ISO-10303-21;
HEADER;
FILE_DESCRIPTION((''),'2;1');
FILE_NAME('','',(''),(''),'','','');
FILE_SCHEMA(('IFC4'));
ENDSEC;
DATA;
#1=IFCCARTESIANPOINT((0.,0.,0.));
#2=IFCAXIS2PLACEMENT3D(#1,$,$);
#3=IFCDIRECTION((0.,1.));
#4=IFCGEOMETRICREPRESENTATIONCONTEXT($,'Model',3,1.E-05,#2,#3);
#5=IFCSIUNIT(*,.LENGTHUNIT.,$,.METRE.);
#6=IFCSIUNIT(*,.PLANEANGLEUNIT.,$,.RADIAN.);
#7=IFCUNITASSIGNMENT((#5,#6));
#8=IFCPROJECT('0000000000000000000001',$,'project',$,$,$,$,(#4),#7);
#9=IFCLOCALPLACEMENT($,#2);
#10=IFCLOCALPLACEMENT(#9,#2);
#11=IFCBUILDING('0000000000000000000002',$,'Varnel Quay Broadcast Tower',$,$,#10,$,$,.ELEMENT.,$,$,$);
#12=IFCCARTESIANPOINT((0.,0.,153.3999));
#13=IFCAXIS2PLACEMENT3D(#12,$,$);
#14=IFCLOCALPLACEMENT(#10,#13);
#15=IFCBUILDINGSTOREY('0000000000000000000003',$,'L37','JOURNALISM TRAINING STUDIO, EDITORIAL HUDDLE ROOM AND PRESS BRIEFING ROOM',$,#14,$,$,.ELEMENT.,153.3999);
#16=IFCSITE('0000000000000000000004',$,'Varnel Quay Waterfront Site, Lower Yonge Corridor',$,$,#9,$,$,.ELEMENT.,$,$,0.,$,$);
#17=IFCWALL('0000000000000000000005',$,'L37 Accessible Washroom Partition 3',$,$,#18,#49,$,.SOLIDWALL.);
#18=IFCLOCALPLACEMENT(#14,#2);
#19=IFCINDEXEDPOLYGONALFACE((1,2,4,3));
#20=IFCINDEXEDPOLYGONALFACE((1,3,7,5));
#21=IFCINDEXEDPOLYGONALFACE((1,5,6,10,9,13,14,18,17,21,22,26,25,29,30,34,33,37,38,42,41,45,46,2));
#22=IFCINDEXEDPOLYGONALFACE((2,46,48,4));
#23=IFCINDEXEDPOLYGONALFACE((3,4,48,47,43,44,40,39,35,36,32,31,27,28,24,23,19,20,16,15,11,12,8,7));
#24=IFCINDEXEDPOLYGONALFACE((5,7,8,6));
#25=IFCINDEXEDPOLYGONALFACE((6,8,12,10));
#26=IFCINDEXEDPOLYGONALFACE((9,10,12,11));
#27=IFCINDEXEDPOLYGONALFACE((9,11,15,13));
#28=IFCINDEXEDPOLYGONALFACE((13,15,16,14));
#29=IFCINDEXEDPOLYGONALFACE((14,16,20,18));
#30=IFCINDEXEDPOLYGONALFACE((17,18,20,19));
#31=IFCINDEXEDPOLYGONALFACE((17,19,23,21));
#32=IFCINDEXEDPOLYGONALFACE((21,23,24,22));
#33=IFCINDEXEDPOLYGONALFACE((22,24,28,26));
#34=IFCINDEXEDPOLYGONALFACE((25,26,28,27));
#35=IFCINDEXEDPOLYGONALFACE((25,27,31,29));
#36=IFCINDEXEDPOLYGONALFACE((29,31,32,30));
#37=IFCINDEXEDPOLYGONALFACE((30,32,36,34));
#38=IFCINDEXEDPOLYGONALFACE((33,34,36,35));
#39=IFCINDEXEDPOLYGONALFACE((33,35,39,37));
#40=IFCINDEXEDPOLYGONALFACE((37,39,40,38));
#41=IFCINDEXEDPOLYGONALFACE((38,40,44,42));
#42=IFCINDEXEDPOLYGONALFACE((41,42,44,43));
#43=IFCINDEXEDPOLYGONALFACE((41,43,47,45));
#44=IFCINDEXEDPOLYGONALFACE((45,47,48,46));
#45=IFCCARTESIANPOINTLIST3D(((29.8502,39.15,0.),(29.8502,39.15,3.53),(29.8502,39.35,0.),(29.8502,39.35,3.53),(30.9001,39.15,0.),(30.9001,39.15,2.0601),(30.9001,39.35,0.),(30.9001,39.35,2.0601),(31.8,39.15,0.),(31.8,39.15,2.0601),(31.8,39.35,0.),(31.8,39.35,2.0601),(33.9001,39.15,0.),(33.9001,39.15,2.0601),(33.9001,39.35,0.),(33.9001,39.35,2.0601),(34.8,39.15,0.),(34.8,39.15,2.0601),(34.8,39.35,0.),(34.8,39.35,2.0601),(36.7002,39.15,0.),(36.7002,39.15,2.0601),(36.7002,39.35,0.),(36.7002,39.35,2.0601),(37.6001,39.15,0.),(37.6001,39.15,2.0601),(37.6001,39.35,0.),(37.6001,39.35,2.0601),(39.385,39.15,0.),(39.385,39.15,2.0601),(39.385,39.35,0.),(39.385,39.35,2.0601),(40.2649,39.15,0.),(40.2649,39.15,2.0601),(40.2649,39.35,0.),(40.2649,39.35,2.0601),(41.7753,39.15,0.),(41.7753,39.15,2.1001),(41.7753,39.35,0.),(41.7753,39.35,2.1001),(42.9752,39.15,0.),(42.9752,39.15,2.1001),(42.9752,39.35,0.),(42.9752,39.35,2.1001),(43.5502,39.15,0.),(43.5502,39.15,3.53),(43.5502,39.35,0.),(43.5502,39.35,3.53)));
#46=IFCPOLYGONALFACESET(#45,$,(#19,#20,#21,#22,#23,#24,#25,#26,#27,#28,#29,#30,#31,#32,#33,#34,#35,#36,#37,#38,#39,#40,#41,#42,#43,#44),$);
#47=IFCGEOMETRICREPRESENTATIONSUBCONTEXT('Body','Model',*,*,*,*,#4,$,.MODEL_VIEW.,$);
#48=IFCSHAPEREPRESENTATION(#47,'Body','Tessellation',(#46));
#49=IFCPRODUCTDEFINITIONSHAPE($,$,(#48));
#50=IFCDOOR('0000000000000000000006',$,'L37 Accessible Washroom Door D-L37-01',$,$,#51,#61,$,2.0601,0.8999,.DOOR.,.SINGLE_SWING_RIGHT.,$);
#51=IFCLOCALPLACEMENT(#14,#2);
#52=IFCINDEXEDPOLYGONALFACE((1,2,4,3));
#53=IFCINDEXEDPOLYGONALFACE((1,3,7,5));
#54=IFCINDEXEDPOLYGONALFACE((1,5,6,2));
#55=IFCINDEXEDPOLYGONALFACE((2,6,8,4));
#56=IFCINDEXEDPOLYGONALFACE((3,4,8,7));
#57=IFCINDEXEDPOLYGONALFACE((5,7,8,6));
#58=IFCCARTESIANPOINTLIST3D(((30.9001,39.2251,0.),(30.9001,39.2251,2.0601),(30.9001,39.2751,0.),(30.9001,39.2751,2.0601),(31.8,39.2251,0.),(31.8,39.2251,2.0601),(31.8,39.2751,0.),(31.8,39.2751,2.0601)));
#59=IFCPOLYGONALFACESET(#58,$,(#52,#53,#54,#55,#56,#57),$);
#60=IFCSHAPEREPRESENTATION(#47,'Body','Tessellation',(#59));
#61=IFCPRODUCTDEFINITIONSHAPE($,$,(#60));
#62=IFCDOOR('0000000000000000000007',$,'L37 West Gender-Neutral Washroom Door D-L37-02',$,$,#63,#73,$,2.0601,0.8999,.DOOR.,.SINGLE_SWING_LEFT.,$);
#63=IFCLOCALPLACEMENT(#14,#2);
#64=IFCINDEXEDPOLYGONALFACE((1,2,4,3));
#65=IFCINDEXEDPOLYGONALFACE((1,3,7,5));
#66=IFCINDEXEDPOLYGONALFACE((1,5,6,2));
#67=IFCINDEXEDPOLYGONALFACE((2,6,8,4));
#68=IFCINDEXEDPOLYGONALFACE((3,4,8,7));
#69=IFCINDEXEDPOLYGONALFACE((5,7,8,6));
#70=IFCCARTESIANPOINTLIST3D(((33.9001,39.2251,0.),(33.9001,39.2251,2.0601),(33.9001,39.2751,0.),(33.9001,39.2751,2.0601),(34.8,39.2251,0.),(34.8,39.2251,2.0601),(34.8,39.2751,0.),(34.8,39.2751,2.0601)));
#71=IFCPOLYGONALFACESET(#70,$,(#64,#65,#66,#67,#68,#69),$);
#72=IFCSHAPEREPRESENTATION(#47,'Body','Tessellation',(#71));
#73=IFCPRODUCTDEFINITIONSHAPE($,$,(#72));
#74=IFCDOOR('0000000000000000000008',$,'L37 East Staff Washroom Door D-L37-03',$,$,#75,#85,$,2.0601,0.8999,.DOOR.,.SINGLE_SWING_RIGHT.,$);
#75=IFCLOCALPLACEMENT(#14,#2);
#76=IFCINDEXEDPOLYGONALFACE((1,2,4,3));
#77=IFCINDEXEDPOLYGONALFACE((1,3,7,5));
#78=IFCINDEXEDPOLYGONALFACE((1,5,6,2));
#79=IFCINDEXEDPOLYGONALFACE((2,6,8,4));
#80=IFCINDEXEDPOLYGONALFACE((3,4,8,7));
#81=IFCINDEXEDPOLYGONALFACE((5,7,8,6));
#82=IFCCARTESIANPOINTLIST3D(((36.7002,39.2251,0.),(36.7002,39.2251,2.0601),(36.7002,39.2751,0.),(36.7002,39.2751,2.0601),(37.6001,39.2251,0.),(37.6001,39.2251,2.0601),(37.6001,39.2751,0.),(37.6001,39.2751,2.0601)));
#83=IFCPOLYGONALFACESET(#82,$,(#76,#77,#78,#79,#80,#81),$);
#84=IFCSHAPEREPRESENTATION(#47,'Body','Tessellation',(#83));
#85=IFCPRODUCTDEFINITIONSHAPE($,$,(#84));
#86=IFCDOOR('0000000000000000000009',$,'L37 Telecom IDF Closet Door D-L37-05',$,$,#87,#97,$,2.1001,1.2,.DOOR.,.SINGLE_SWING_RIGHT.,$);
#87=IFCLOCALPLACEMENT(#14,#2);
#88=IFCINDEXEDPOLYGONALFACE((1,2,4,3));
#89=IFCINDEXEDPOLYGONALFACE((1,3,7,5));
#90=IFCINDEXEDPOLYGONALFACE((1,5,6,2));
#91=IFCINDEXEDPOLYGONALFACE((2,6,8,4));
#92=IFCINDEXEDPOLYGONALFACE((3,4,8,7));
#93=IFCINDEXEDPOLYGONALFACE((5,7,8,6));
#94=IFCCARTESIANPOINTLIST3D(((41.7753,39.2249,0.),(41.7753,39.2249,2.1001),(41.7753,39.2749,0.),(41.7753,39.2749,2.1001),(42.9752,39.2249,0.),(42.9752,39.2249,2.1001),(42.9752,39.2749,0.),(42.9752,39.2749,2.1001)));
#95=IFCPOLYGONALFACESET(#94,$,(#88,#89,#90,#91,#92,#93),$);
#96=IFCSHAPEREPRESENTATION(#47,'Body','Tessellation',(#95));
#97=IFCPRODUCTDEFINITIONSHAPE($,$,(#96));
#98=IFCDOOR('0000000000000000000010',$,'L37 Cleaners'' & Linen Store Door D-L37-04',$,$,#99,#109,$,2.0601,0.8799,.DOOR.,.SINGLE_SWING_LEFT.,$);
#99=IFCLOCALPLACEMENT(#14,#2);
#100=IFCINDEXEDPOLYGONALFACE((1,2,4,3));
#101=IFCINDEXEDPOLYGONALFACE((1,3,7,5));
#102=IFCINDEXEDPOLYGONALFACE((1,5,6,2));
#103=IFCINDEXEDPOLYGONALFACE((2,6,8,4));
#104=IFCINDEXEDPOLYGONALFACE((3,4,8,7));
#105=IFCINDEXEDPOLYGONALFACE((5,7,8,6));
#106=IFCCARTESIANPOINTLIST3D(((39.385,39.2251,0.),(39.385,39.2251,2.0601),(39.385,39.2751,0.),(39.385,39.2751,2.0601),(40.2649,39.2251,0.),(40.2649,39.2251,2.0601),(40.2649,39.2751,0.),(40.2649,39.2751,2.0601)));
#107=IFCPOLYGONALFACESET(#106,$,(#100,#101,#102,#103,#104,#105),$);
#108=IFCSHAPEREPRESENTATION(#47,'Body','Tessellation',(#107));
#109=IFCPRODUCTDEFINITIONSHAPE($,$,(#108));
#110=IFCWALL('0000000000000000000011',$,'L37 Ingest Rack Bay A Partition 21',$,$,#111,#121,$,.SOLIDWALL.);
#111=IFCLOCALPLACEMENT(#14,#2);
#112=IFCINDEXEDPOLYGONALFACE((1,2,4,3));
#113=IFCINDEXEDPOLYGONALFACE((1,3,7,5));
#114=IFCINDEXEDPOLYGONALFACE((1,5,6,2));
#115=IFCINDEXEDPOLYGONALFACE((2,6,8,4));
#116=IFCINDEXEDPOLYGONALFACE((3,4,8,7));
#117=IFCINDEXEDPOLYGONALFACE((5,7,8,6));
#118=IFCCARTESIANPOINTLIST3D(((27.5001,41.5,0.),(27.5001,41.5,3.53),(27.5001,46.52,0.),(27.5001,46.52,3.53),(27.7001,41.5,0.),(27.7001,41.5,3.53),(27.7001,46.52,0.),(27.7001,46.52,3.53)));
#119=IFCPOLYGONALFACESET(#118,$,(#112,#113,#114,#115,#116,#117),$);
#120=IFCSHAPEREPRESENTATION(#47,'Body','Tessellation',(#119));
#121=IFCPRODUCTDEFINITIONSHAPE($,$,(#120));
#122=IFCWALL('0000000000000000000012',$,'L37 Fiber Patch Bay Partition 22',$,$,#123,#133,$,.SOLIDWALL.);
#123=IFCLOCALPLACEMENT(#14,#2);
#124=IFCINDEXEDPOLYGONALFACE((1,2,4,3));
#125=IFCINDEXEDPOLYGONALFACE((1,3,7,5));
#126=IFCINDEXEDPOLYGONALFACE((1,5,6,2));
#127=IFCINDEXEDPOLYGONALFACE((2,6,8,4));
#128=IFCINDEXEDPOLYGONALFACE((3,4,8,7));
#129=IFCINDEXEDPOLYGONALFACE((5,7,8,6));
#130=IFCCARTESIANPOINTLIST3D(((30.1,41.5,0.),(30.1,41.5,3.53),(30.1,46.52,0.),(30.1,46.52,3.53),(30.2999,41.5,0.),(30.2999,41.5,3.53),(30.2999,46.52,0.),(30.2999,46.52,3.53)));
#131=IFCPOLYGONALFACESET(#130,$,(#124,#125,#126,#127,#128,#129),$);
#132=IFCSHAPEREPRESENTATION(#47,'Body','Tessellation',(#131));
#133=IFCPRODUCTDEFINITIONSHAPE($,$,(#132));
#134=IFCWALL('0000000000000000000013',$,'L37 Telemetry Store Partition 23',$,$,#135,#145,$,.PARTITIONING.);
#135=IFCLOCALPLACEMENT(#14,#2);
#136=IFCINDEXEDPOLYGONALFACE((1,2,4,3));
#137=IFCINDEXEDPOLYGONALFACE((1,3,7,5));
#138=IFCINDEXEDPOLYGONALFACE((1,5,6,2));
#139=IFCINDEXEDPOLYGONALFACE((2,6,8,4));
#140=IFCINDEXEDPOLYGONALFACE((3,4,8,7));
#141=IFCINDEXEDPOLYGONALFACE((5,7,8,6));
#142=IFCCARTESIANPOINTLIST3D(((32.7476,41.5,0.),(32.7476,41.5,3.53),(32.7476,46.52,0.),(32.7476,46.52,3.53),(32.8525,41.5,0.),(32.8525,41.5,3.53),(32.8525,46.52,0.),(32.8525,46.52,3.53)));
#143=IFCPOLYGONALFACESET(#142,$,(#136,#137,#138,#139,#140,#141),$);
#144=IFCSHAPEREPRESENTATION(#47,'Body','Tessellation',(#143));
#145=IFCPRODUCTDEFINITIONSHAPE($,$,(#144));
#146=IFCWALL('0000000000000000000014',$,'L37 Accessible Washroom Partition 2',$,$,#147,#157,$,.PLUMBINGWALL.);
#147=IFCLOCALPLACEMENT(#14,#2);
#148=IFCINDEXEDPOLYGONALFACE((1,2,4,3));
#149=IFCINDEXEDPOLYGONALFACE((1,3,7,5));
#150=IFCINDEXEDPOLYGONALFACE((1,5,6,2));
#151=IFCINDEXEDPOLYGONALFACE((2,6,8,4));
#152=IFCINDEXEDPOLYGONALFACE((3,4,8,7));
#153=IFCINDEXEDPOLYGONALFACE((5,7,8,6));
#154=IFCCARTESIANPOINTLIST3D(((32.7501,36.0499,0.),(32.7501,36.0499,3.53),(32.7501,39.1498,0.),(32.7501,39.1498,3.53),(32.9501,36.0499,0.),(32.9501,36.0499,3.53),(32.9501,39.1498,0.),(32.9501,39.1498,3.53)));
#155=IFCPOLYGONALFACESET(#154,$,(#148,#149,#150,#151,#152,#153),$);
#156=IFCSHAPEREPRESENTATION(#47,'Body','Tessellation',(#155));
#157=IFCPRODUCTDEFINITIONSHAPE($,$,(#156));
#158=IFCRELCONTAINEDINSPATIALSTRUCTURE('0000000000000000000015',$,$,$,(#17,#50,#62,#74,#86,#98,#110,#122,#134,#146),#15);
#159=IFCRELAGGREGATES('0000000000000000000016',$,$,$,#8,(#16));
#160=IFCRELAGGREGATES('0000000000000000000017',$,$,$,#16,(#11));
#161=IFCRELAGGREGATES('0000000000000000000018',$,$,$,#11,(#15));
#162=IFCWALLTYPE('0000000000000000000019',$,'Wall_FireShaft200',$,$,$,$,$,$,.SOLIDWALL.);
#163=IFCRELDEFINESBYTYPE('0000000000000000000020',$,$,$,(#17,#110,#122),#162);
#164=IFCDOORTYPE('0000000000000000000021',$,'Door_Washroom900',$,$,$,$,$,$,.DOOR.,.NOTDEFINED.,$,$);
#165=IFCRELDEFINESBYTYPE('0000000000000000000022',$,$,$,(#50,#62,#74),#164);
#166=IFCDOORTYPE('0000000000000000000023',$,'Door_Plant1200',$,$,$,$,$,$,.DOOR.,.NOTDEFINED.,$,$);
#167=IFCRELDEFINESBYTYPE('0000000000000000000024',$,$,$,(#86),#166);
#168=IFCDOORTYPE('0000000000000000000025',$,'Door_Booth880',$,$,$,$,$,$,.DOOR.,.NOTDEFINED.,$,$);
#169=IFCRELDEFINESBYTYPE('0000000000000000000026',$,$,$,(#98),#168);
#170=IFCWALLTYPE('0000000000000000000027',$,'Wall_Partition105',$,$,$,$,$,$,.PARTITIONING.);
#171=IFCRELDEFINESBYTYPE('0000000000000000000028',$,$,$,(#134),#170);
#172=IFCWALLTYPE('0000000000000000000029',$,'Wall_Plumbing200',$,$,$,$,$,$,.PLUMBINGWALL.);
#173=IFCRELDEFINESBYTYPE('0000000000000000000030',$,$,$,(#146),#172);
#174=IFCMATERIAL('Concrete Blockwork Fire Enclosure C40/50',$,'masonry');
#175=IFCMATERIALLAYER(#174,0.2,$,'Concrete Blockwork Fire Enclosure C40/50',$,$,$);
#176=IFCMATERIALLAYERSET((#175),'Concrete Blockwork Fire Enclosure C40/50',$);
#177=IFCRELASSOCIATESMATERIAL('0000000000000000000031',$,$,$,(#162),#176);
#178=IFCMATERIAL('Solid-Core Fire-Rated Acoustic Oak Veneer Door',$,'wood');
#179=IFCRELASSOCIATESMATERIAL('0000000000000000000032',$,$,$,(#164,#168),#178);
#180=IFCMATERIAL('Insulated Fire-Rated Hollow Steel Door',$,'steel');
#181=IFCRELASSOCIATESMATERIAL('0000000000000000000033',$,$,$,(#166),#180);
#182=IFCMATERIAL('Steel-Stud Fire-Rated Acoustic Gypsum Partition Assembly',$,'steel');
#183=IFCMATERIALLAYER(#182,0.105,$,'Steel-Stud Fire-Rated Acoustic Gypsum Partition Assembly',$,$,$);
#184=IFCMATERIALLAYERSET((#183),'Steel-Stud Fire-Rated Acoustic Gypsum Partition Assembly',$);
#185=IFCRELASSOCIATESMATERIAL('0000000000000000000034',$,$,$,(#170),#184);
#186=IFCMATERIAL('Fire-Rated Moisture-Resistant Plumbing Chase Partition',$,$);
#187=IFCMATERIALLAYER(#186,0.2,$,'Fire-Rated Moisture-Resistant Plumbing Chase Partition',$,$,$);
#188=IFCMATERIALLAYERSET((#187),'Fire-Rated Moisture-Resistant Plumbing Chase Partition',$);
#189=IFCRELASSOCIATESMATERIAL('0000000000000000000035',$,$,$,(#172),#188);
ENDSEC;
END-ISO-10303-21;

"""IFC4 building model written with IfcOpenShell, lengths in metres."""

from ifc_helpers import new_model, si_unit, direction, frame, frame_2d, origin, place, context, subcontext, project, spatial, rectangle, extrude, source, transform, mapped, material, layer, layer_set, type_object, type_shapes, element, fill, save


model = new_model("IFC4")

# Units and contexts
model_context = context("Model", 3, precision=1e-05, world=origin(), true_north=direction((0.0, 1.0)))
body_context = subcontext(model_context, "Body", "Model", "MODEL_VIEW")
ifc_project = project(units=[si_unit("LENGTHUNIT", "METRE"), si_unit("PLANEANGLEUNIT", "RADIAN")], contexts=[model_context])

# Site, building, storey
site_placement = place(None, origin())
site = spatial("IfcSite", under=ifc_project, at=site_placement, Name="Varnel Quay Waterfront Site, Lower Yonge Corridor", CompositionType="ELEMENT", RefElevation=0.0)
building_placement = place(site_placement, origin())
building = spatial("IfcBuilding", under=site, at=building_placement, Name="Varnel Quay Broadcast Tower", CompositionType="ELEMENT")
storey_placement = place(building_placement, frame((0.0, 0.0, 153.3999)))
storey = spatial("IfcBuildingStorey", under=building, at=storey_placement, Name="L37", Description="JOURNALISM TRAINING STUDIO, EDITORIAL HUDDLE ROOM AND PRESS BRIEFING ROOM", CompositionType="ELEMENT", Elevation=153.3999)

# Shared definitions
ifc_material_1 = material(Name="Insulated Fire-Rated Hollow Steel Door", Category="steel")
ifc_material_2 = material(Name="Solid-Core Fire-Rated Acoustic Oak Veneer Door", Category="wood")

# Shared definitions
ifc_material_3 = material(Name="Concrete Blockwork Fire Enclosure C40/50", Category="masonry")
ifc_layer_1 = layer(ifc_material_3, 0.2, Name="Concrete Blockwork Fire Enclosure C40/50")
ifc_layer_set_1 = layer_set([ifc_layer_1], Name="Concrete Blockwork Fire Enclosure C40/50")
wall_type_1 = type_object("IfcWallType", Name="Wall_FireShaft200", PredefinedType="SOLIDWALL", material=ifc_layer_set_1)

# Wall, openings, doors
wall_1_placement = place(storey_placement, frame((29.8501, 39.25, 0.0), z_axis=(0.0, 0.0, 1.0), x_axis=(1.0, 0.0, 0.0)))
wall_1 = element("IfcWall", 1, at=wall_1_placement, inside=storey, type_object=wall_type_1, Name="L37 Accessible Washroom Partition 3", PredefinedType="SOLIDWALL", context=body_context, shape_type="SweptSolid", body=[
    extrude(rectangle(XDim=13.7, YDim=0.2, at=frame_2d((6.8501, 0.0))), origin(), (0.0, 0.0, 1.0), 3.53),
])
opening_1_placement = place(wall_1_placement, frame((1.05, 0.0, 0.0)))
opening_1 = element("IfcOpeningElement", 2, at=opening_1_placement, cuts=wall_1, PredefinedType="OPENING", context=body_context, shape_type="SweptSolid", body=[
    extrude(rectangle(XDim=0.8999, YDim=2.0601, at=frame_2d((0.45, 1.03))), frame((0.0, 0.1099, 0.0), z_axis=(0.0, -1.0, 0.0), x_axis=(1.0, 0.0, 0.0)), (0.0, 0.0, 1.0), 0.22),
])
opening_2_placement = place(wall_1_placement, frame((4.05, 0.0, 0.0)))
opening_2 = element("IfcOpeningElement", 3, at=opening_2_placement, cuts=wall_1, PredefinedType="OPENING", context=body_context, shape_type="SweptSolid", body=[
    extrude(rectangle(XDim=0.8999, YDim=2.0601, at=frame_2d((0.45, 1.03))), frame((0.0, 0.1099, 0.0), z_axis=(0.0, -1.0, 0.0), x_axis=(1.0, 0.0, 0.0)), (0.0, 0.0, 1.0), 0.22),
])
opening_3_placement = place(wall_1_placement, frame((6.8501, 0.0, 0.0)))
opening_3 = element("IfcOpeningElement", 4, at=opening_3_placement, cuts=wall_1, PredefinedType="OPENING", context=body_context, shape_type="SweptSolid", body=[
    extrude(rectangle(XDim=0.8999, YDim=2.0601, at=frame_2d((0.45, 1.03))), frame((0.0, 0.1099, 0.0), z_axis=(0.0, -1.0, 0.0), x_axis=(1.0, 0.0, 0.0)), (0.0, 0.0, 1.0), 0.22),
])
opening_4_placement = place(wall_1_placement, frame((9.5349, 0.0, 0.0)))
opening_4 = element("IfcOpeningElement", 5, at=opening_4_placement, cuts=wall_1, PredefinedType="OPENING", context=body_context, shape_type="SweptSolid", body=[
    extrude(rectangle(XDim=0.8799, YDim=2.0601, at=frame_2d((0.4399, 1.03))), frame((0.0, 0.1099, 0.0), z_axis=(0.0, -1.0, 0.0), x_axis=(1.0, 0.0, 0.0)), (0.0, 0.0, 1.0), 0.22),
])
opening_5_placement = place(wall_1_placement, frame((11.925, 0.0, 0.0)))
opening_5 = element("IfcOpeningElement", 6, at=opening_5_placement, cuts=wall_1, PredefinedType="OPENING", context=body_context, shape_type="SweptSolid", body=[
    extrude(rectangle(XDim=1.2, YDim=2.1001, at=frame_2d((0.6001, 1.05))), frame((0.0, 0.1099, 0.0), z_axis=(0.0, -1.0, 0.0), x_axis=(1.0, 0.0, 0.0)), (0.0, 0.0, 1.0), 0.22),
])
door_type_1 = type_object("IfcDoorType", Name="Door_Washroom900", OperationType="NOTDEFINED", PredefinedType="DOOR", material=ifc_material_2)
shared_shape_1 = source(origin(), body_context, "Body", "SweptSolid", [
    extrude(rectangle(XDim=0.8999, YDim=2.0601, at=frame_2d((0.45, 1.03))), frame((0.0, 0.0249, 0.0), z_axis=(0.0, -1.0, 0.0), x_axis=(1.0, 0.0, 0.0)), (0.0, 0.0, 1.0), 0.05),
])
type_shapes(door_type_1, [shared_shape_1])
door_1_placement = place(opening_1_placement, frame((0.8999, 0.0, 0.0), z_axis=(0.0, 0.0, 1.0), x_axis=(-1.0, 0.0, 0.0)))
door_1 = element("IfcDoor", 7, at=door_1_placement, inside=storey, type_object=door_type_1, Name="L37 Accessible Washroom Door D-L37-01", OperationType="SINGLE_SWING_RIGHT", OverallHeight=2.0601, OverallWidth=0.8999, PredefinedType="DOOR", context=body_context, shape_type="MappedRepresentation", body=[
    mapped(shared_shape_1, transform((0.0, 0.0, 0.0), x_axis=(1.0, 0.0, 0.0), y_axis=(0.0, 1.0, 0.0), z_axis=(0.0, 0.0, 1.0), scale=1.0)),
])
fill(opening_1, door_1)
door_2_placement = place(opening_2_placement, frame((0.8999, 0.0, 0.0), z_axis=(0.0, 0.0, 1.0), x_axis=(-1.0, 0.0, 0.0)))
door_2 = element("IfcDoor", 8, at=door_2_placement, inside=storey, type_object=door_type_1, Name="L37 West Gender-Neutral Washroom Door D-L37-02", OperationType="SINGLE_SWING_LEFT", OverallHeight=2.0601, OverallWidth=0.8999, PredefinedType="DOOR", context=body_context, shape_type="MappedRepresentation", body=[
    mapped(shared_shape_1, transform((0.0, 0.0, 0.0), x_axis=(1.0, 0.0, 0.0), y_axis=(0.0, 1.0, 0.0), z_axis=(0.0, 0.0, 1.0), scale=1.0)),
])
fill(opening_2, door_2)
door_3_placement = place(opening_3_placement, frame((0.8999, 0.0, 0.0), z_axis=(0.0, 0.0, 1.0), x_axis=(-1.0, 0.0, 0.0)))
door_3 = element("IfcDoor", 9, at=door_3_placement, inside=storey, type_object=door_type_1, Name="L37 East Staff Washroom Door D-L37-03", OperationType="SINGLE_SWING_RIGHT", OverallHeight=2.0601, OverallWidth=0.8999, PredefinedType="DOOR", context=body_context, shape_type="MappedRepresentation", body=[
    mapped(shared_shape_1, transform((0.0, 0.0, 0.0), x_axis=(1.0, 0.0, 0.0), y_axis=(0.0, 1.0, 0.0), z_axis=(0.0, 0.0, 1.0), scale=1.0)),
])
fill(opening_3, door_3)
door_type_2 = type_object("IfcDoorType", Name="Door_Plant1200", OperationType="NOTDEFINED", PredefinedType="DOOR", material=ifc_material_1)
shared_shape_2 = source(origin(), body_context, "Body", "SweptSolid", [
    extrude(rectangle(XDim=1.2, YDim=2.1001, at=frame_2d((0.6001, 1.05))), frame((0.0, 0.0249, 0.0), z_axis=(0.0, -1.0, 0.0), x_axis=(1.0, 0.0, 0.0)), (0.0, 0.0, 1.0), 0.05),
])
type_shapes(door_type_2, [shared_shape_2])
door_4_placement = place(opening_5_placement, origin())
door_4 = element("IfcDoor", 10, at=door_4_placement, inside=storey, type_object=door_type_2, Name="L37 Telecom IDF Closet Door D-L37-05", OperationType="SINGLE_SWING_RIGHT", OverallHeight=2.1001, OverallWidth=1.2, PredefinedType="DOOR", context=body_context, shape_type="MappedRepresentation", body=[
    mapped(shared_shape_2, transform((0.0, 0.0, 0.0), x_axis=(1.0, 0.0, 0.0), y_axis=(0.0, 1.0, 0.0), z_axis=(0.0, 0.0, 1.0), scale=1.0)),
])
fill(opening_5, door_4)
door_type_3 = type_object("IfcDoorType", Name="Door_Booth880", OperationType="NOTDEFINED", PredefinedType="DOOR", material=ifc_material_2)
shared_shape_3 = source(origin(), body_context, "Body", "SweptSolid", [
    extrude(rectangle(XDim=0.8799, YDim=2.0601, at=frame_2d((0.4399, 1.03))), frame((0.0, 0.0249, 0.0), z_axis=(0.0, -1.0, 0.0), x_axis=(1.0, 0.0, 0.0)), (0.0, 0.0, 1.0), 0.05),
])
type_shapes(door_type_3, [shared_shape_3])
door_5_placement = place(opening_4_placement, frame((0.8799, 0.0, 0.0), z_axis=(0.0, 0.0, 1.0), x_axis=(-1.0, 0.0, 0.0)))
door_5 = element("IfcDoor", 11, at=door_5_placement, inside=storey, type_object=door_type_3, Name="L37 Cleaners' & Linen Store Door D-L37-04", OperationType="SINGLE_SWING_LEFT", OverallHeight=2.0601, OverallWidth=0.8799, PredefinedType="DOOR", context=body_context, shape_type="MappedRepresentation", body=[
    mapped(shared_shape_3, transform((0.0, 0.0, 0.0), x_axis=(1.0, 0.0, 0.0), y_axis=(0.0, 1.0, 0.0), z_axis=(0.0, 0.0, 1.0), scale=1.0)),
])
fill(opening_4, door_5)

# Walls
for number, where, z_axis, x_axis, name in (
    (12, (27.6001, 41.5, 0.0), (0.0, 0.0, 1.0), (0.0, 1.0, 0.0), "L37 Ingest Rack Bay A Partition 21"),
    (13, (30.2, 41.5, 0.0), (0.0, 0.0, 1.0), (0.0, 1.0, 0.0), "L37 Fiber Patch Bay Partition 22"),
):
    element("IfcWall", number, at=place(storey_placement, frame(where, z_axis=z_axis, x_axis=x_axis)), inside=storey, type_object=wall_type_1, Name=name, PredefinedType="SOLIDWALL", context=body_context, shape_type="SweptSolid", body=[
        extrude(rectangle(XDim=5.02, YDim=0.2, at=frame_2d((2.51, 0.0))), origin(), (0.0, 0.0, 1.0), 3.53),
    ])
ifc_material_4 = material(Name="Steel-Stud Fire-Rated Acoustic Gypsum Partition Assembly", Category="steel")
ifc_layer_2 = layer(ifc_material_4, 0.105, Name="Steel-Stud Fire-Rated Acoustic Gypsum Partition Assembly")
ifc_layer_set_2 = layer_set([ifc_layer_2], Name="Steel-Stud Fire-Rated Acoustic Gypsum Partition Assembly")
wall_type_2 = type_object("IfcWallType", Name="Wall_Partition105", PredefinedType="PARTITIONING", material=ifc_layer_set_2)
wall_2_placement = place(storey_placement, frame((32.8, 41.5, 0.0), z_axis=(0.0, 0.0, 1.0), x_axis=(0.0, 1.0, 0.0)))
element("IfcWall", 14, at=wall_2_placement, inside=storey, type_object=wall_type_2, Name="L37 Telemetry Store Partition 23", PredefinedType="PARTITIONING", context=body_context, shape_type="SweptSolid", body=[
    extrude(rectangle(XDim=5.02, YDim=0.105, at=frame_2d((2.51, 0.0))), origin(), (0.0, 0.0, 1.0), 3.53),
])
ifc_material_5 = material(Name="Fire-Rated Moisture-Resistant Plumbing Chase Partition")
ifc_layer_3 = layer(ifc_material_5, 0.2, Name="Fire-Rated Moisture-Resistant Plumbing Chase Partition")
ifc_layer_set_3 = layer_set([ifc_layer_3], Name="Fire-Rated Moisture-Resistant Plumbing Chase Partition")
wall_type_3 = type_object("IfcWallType", Name="Wall_Plumbing200", PredefinedType="PLUMBINGWALL", material=ifc_layer_set_3)
for number, where, z_axis, x_axis, name in (
    (15, (32.8501, 36.05, 0.0), (0.0, 0.0, 1.0), (0.0, 1.0, 0.0), "L37 Accessible Washroom Partition 2"),
):
    element("IfcWall", number, at=place(storey_placement, frame(where, z_axis=z_axis, x_axis=x_axis)), inside=storey, type_object=wall_type_3, Name=name, PredefinedType="PLUMBINGWALL", context=body_context, shape_type="SweptSolid", body=[
        extrude(rectangle(XDim=3.0999, YDim=0.2, at=frame_2d((1.5498, 0.0))), origin(), (0.0, 0.0, 1.0), 3.53),
    ])

save(model, "model.ifc")
